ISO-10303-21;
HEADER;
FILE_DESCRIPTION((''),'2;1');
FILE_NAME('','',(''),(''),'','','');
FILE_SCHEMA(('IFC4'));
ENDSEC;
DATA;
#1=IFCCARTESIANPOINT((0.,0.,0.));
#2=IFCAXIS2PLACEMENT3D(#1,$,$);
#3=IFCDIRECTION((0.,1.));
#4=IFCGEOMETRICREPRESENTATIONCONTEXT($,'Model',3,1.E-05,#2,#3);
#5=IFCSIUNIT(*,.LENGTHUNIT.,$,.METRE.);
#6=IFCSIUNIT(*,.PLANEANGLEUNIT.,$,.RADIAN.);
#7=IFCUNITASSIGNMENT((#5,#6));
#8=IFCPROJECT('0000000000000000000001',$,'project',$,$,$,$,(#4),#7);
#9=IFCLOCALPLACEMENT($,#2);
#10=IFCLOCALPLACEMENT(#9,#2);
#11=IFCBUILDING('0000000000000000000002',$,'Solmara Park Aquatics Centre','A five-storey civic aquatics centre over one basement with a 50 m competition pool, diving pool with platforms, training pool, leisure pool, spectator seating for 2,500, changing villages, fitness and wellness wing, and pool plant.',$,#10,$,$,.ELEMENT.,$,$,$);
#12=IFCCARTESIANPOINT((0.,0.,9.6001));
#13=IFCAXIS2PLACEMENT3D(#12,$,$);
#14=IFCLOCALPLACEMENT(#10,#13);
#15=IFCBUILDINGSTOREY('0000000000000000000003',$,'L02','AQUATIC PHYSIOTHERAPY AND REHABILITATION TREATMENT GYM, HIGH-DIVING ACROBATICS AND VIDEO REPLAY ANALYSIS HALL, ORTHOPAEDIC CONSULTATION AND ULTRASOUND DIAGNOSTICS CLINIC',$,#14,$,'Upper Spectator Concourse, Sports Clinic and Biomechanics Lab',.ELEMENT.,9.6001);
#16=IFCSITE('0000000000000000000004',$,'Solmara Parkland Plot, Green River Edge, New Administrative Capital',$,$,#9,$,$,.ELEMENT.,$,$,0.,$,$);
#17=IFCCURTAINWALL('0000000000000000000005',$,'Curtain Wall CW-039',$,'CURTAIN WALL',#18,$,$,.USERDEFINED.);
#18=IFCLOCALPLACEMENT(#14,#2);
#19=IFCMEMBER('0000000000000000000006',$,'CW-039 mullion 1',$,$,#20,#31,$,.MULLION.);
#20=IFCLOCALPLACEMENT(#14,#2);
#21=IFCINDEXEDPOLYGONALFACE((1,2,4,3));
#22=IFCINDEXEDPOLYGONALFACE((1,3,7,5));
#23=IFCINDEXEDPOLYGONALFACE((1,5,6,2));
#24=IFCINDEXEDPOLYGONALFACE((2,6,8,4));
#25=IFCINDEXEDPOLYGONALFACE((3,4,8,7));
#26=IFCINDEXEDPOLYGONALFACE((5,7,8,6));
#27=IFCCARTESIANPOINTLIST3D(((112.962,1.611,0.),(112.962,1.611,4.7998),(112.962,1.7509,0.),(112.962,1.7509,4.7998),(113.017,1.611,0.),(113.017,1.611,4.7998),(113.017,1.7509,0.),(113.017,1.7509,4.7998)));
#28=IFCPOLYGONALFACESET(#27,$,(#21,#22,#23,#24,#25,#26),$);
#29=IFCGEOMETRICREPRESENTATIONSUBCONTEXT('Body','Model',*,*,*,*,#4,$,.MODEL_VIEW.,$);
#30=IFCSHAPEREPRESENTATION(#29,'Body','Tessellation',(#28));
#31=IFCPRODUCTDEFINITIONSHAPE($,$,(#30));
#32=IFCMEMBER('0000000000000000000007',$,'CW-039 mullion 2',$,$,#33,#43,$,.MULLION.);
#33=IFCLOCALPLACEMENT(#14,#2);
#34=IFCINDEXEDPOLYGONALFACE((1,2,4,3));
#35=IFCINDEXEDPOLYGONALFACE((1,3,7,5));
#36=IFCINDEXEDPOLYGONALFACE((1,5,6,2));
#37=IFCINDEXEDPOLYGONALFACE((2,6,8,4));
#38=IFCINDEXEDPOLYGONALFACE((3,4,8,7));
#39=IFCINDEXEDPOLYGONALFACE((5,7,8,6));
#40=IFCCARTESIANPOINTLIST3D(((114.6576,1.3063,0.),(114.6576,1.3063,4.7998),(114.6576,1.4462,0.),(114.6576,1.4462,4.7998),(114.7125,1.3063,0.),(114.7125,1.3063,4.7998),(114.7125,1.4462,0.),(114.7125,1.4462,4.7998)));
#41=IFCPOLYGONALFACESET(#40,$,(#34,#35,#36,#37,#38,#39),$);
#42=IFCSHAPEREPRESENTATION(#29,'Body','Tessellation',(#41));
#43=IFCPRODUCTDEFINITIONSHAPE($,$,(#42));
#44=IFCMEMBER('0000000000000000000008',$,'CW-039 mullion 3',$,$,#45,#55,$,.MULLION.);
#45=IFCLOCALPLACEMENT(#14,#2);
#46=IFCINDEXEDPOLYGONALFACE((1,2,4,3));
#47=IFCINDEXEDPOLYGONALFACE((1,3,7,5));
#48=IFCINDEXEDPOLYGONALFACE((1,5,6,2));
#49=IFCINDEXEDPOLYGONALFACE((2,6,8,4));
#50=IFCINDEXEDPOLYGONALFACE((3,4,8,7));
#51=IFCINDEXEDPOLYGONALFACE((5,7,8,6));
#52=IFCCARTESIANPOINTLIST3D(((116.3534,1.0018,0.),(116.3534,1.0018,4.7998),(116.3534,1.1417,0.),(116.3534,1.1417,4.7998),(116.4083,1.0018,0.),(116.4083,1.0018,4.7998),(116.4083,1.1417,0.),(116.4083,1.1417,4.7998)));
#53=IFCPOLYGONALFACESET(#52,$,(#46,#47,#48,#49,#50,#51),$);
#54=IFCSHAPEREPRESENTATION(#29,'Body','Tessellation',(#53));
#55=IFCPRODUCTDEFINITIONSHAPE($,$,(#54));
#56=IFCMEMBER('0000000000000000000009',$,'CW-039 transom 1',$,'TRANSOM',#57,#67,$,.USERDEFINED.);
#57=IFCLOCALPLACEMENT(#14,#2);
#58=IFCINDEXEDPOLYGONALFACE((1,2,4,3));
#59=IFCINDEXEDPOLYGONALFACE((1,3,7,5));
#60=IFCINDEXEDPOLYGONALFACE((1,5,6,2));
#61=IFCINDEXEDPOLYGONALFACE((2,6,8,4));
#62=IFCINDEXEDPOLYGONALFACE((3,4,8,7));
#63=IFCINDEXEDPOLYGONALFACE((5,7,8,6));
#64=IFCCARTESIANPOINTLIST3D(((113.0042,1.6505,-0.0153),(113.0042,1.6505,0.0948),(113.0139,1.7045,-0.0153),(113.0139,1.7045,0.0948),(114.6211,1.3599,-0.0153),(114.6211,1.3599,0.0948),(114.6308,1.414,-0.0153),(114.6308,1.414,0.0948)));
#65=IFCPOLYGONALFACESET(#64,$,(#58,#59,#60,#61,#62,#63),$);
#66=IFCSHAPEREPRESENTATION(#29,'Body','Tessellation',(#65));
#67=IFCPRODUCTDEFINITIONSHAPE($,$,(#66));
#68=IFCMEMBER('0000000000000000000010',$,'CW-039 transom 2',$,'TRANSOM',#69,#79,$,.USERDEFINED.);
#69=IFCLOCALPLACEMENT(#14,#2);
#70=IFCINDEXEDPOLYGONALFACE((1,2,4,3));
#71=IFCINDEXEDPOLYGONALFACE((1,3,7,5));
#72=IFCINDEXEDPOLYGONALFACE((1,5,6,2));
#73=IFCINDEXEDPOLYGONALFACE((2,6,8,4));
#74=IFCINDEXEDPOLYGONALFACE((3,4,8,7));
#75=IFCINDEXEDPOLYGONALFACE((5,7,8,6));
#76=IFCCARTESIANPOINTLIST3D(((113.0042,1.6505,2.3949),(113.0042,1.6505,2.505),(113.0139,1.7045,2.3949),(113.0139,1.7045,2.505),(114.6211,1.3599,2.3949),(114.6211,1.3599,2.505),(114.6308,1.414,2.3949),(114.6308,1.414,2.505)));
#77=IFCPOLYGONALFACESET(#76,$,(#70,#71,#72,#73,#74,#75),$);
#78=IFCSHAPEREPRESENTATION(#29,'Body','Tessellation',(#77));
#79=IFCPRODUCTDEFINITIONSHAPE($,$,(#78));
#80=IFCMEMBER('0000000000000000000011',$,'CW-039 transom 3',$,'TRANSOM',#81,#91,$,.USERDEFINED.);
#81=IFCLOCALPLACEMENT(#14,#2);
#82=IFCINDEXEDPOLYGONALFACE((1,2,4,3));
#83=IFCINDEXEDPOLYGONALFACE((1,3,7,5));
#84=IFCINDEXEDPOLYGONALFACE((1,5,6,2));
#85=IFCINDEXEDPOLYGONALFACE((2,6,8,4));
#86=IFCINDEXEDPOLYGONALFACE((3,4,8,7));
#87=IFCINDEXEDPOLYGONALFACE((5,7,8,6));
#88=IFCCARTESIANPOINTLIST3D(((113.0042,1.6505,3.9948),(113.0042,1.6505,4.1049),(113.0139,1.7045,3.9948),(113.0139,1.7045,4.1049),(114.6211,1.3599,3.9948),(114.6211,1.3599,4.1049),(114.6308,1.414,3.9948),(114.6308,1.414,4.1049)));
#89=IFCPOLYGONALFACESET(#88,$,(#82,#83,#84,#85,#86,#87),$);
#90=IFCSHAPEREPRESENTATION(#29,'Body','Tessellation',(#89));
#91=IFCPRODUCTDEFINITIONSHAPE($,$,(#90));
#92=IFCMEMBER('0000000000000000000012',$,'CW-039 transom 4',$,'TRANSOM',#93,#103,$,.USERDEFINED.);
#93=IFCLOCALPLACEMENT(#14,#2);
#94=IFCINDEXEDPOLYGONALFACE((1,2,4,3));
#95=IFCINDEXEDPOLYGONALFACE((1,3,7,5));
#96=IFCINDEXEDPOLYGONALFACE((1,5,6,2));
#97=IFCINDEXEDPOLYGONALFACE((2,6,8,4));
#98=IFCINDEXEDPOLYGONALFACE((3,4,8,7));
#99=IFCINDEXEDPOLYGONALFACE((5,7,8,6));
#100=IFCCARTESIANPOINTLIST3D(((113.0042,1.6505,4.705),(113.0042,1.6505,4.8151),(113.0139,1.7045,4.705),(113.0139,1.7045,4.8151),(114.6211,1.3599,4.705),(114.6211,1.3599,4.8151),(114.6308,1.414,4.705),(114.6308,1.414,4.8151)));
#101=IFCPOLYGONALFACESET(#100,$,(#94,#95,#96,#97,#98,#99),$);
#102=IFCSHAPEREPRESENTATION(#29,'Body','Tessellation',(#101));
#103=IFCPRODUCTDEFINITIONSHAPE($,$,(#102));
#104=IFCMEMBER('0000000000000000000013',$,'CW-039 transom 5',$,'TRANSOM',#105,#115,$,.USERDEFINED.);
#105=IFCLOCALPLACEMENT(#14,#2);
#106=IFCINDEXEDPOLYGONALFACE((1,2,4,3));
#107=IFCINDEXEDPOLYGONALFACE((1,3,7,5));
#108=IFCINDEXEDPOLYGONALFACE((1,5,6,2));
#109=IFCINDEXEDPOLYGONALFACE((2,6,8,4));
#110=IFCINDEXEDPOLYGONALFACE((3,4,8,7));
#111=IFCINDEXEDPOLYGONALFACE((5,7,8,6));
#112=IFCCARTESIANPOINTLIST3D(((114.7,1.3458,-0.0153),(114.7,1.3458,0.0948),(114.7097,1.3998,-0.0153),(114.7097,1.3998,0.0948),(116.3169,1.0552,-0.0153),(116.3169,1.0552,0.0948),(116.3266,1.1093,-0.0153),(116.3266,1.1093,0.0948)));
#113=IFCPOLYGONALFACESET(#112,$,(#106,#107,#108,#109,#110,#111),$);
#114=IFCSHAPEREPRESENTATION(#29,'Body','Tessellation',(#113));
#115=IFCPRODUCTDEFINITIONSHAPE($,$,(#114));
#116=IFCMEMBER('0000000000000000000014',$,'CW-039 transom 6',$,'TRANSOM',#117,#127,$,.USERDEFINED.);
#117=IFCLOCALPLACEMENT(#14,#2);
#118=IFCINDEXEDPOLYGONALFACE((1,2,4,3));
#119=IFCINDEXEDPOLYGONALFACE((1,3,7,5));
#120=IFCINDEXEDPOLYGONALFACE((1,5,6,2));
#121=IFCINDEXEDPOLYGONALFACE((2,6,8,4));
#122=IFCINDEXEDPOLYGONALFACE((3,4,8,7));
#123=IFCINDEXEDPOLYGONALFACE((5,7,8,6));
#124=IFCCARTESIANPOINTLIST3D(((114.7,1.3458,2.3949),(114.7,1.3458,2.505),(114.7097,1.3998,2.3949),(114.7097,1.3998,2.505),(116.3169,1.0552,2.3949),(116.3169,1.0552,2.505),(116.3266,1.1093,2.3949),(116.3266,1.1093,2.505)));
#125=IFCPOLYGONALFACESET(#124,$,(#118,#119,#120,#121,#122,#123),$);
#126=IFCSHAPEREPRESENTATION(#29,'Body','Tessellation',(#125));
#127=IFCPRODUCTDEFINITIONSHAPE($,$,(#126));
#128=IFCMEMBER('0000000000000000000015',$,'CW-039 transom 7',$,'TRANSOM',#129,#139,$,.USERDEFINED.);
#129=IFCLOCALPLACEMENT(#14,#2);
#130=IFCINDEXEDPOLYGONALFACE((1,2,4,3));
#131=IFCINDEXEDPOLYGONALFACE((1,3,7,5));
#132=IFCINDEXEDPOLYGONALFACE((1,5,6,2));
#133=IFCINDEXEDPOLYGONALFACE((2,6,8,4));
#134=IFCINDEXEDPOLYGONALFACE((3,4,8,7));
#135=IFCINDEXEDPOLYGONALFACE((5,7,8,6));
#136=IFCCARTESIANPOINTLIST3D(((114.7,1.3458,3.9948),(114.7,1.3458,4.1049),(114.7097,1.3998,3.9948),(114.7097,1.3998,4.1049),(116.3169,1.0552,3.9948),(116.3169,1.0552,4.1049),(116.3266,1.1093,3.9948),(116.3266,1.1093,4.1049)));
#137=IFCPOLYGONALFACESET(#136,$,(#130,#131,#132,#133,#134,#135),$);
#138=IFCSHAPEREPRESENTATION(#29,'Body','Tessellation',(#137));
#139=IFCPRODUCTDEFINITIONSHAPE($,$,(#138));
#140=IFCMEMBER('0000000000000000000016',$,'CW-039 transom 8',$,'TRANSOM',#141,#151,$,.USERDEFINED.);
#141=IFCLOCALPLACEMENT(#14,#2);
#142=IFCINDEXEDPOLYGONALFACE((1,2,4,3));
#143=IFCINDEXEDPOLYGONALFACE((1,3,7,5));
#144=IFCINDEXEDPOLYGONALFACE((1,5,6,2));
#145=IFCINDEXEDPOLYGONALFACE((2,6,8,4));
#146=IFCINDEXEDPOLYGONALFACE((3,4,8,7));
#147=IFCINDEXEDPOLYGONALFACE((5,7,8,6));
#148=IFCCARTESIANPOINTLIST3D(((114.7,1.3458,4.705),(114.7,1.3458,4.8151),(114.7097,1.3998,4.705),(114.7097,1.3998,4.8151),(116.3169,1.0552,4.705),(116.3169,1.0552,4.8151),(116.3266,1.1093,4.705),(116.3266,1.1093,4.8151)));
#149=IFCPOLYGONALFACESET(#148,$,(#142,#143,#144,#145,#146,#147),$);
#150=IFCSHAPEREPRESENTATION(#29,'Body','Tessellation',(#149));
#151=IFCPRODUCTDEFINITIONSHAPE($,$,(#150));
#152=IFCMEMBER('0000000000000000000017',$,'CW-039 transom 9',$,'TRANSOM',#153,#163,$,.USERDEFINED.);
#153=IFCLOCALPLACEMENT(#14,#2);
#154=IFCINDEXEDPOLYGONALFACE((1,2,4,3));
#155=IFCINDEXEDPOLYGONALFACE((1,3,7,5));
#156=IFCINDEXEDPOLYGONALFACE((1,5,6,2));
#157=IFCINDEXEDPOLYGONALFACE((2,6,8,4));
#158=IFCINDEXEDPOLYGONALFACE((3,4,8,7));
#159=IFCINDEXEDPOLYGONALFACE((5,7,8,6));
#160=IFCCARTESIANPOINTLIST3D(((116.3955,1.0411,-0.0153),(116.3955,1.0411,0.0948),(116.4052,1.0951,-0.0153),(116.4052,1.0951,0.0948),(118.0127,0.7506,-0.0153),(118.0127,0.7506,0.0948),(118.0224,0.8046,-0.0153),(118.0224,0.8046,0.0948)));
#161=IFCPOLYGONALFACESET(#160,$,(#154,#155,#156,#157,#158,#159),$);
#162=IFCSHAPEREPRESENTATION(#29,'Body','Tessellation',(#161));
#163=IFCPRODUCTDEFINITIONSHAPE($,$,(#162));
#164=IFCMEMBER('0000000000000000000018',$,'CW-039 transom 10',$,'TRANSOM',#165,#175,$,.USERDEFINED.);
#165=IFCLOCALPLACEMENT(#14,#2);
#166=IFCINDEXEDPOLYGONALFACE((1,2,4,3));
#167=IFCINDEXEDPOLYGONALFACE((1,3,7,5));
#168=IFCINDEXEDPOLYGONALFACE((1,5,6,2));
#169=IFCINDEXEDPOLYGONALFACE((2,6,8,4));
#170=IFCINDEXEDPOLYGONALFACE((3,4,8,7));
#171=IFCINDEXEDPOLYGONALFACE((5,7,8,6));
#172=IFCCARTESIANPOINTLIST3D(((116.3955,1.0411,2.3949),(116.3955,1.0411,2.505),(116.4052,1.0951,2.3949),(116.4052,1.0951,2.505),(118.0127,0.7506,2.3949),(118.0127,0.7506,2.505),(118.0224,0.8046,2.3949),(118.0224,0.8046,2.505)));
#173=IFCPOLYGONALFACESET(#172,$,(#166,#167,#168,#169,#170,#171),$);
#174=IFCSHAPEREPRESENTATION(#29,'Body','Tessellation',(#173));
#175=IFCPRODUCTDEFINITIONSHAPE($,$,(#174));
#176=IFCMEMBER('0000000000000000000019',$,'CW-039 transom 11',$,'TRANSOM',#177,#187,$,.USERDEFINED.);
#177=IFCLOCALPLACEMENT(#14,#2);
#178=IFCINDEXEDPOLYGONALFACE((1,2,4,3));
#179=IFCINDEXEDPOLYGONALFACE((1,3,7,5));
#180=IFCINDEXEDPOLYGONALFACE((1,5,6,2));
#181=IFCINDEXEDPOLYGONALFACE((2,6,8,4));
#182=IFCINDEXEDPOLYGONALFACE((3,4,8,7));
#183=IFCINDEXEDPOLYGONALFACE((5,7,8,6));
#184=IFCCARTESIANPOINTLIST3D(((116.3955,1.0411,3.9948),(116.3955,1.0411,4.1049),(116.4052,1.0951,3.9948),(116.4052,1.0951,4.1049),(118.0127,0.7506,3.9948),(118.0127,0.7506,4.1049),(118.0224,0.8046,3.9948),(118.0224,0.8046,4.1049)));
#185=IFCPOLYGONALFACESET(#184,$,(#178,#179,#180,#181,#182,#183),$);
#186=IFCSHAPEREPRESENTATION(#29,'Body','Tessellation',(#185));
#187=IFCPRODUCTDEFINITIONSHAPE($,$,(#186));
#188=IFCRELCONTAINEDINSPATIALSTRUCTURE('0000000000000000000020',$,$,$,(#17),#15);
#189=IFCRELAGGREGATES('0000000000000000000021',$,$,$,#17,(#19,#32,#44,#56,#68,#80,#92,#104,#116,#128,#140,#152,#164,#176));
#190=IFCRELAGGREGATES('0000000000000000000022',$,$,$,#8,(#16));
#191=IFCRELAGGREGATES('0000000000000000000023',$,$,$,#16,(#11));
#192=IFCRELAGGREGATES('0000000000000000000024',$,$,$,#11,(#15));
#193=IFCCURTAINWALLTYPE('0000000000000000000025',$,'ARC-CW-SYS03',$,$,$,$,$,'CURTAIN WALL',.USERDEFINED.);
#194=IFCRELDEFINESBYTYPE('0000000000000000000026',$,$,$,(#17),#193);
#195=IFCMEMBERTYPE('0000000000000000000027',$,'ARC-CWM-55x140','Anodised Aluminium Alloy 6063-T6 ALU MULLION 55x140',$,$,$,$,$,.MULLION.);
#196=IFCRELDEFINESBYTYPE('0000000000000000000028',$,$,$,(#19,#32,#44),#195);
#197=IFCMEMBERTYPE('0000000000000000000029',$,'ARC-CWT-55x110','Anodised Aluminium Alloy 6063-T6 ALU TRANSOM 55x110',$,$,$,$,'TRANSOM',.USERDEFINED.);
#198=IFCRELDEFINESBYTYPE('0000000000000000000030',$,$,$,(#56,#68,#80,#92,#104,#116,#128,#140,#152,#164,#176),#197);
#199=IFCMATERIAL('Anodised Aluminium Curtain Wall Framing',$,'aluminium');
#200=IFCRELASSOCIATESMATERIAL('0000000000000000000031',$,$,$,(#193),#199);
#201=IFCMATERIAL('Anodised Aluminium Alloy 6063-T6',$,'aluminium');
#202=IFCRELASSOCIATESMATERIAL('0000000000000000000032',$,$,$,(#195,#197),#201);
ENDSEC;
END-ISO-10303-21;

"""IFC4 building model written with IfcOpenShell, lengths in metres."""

from ifc_helpers import new_model, si_unit, direction, frame, origin, origin_2d, place, context, subcontext, project, spatial, rectangle, extrude, material, material_profile, profile_set, type_object, element, aggregate, save


model = new_model("IFC4")

# Units and contexts
model_context = context("Model", 3, precision=1e-05, world=origin(), true_north=direction((0.0, 1.0)))
body_context = subcontext(model_context, "Body", "Model", "MODEL_VIEW")
ifc_project = project(units=[si_unit("LENGTHUNIT", "METRE"), si_unit("PLANEANGLEUNIT", "RADIAN")], contexts=[model_context])

# Site, building, storey
site_placement = place(None, origin())
site = spatial("IfcSite", under=ifc_project, at=site_placement, Name="Solmara Parkland Plot, Green River Edge, New Administrative Capital", CompositionType="ELEMENT", RefElevation=0.0)
building_placement = place(site_placement, origin())
building = spatial("IfcBuilding", under=site, at=building_placement, Name="Solmara Park Aquatics Centre", Description="A five-storey civic aquatics centre over one basement with a 50 m competition pool, diving pool with platforms, training pool, leisure pool, spectator seating for 2,500, changing villages, fitness and wellness wing, and pool plant.", CompositionType="ELEMENT")
storey_placement = place(building_placement, frame((0.0, 0.0, 9.6001)))
storey = spatial("IfcBuildingStorey", under=building, at=storey_placement, Name="L02", Description="AQUATIC PHYSIOTHERAPY AND REHABILITATION TREATMENT GYM, HIGH-DIVING ACROBATICS AND VIDEO REPLAY ANALYSIS HALL, ORTHOPAEDIC CONSULTATION AND ULTRASOUND DIAGNOSTICS CLINIC", LongName="Upper Spectator Concourse, Sports Clinic and Biomechanics Lab", CompositionType="ELEMENT", Elevation=9.6001)

# Curtain wall, members
ifc_material_1 = material(Name="Anodised Aluminium Curtain Wall Framing", Category="aluminium")
curtain_wall_type = type_object("IfcCurtainWallType", Name="ARC-CW-SYS03", ElementType="CURTAIN WALL", PredefinedType="USERDEFINED", material=ifc_material_1)
curtain_wall_placement = place(storey_placement, origin())
curtain_wall = element("IfcCurtainWall", 1, at=curtain_wall_placement, inside=storey, type_object=curtain_wall_type, Name="Curtain Wall CW-039", ObjectType="CURTAIN WALL", PredefinedType="USERDEFINED")
ifc_material_2 = material(Name="Anodised Aluminium Alloy 6063-T6", Category="aluminium")
ifc_material_profile_1 = material_profile(ifc_material_2, rectangle(XDim=0.0549, YDim=0.1399, at=origin_2d()), Name="ALU MULLION 55x140")
ifc_profile_set_1 = profile_set([ifc_material_profile_1], Name="Anodised Aluminium Alloy 6063-T6")
member_type_1 = type_object("IfcMemberType", Name="ARC-CWM-55x140", Description="Anodised Aluminium Alloy 6063-T6 ALU MULLION 55x140", PredefinedType="MULLION", material=ifc_profile_set_1)
member_1_placement = place(storey_placement, frame((112.9895, 1.6809, 0.0), z_axis=(0.0, 0.0, 1.0), x_axis=(1.0, 0.0, 0.0)))
member_1 = element("IfcMember", 2, at=member_1_placement, type_object=member_type_1, Name="CW-039 mullion 1", PredefinedType="MULLION", context=body_context, shape_type="SweptSolid", body=[
    extrude(rectangle(XDim=0.0549, YDim=0.1399, at=origin_2d()), origin(), (0.0, 0.0, 1.0), 4.7998),
])
member_2_placement = place(storey_placement, frame((114.6851, 1.3762, 0.0), z_axis=(0.0, 0.0, 1.0), x_axis=(1.0, 0.0, 0.0)))
member_2 = element("IfcMember", 3, at=member_2_placement, type_object=member_type_1, Name="CW-039 mullion 2", PredefinedType="MULLION", context=body_context, shape_type="SweptSolid", body=[
    extrude(rectangle(XDim=0.0549, YDim=0.1399, at=origin_2d()), origin(), (0.0, 0.0, 1.0), 4.7998),
])
member_3_placement = place(storey_placement, frame((116.3809, 1.0718, 0.0), z_axis=(0.0, 0.0, 1.0), x_axis=(1.0, 0.0, 0.0)))
member_3 = element("IfcMember", 4, at=member_3_placement, type_object=member_type_1, Name="CW-039 mullion 3", PredefinedType="MULLION", context=body_context, shape_type="SweptSolid", body=[
    extrude(rectangle(XDim=0.0549, YDim=0.1399, at=origin_2d()), origin(), (0.0, 0.0, 1.0), 4.7998),
])
ifc_material_profile_2 = material_profile(ifc_material_2, rectangle(XDim=0.0549, YDim=0.1101, at=origin_2d()), Name="ALU TRANSOM 55x110")
ifc_profile_set_2 = profile_set([ifc_material_profile_2], Name="Anodised Aluminium Alloy 6063-T6")
member_type_2 = type_object("IfcMemberType", Name="ARC-CWT-55x110", Description="Anodised Aluminium Alloy 6063-T6 ALU TRANSOM 55x110", ElementType="TRANSOM", PredefinedType="USERDEFINED", material=ifc_profile_set_2)
member_4_placement = place(storey_placement, frame((113.009, 1.6775, 0.0398), z_axis=(0.984239, -0.176845, 0.0), x_axis=(0.176845, 0.984239, 0.0)))
member_4 = element("IfcMember", 5, at=member_4_placement, type_object=member_type_2, Name="CW-039 transom 1", ObjectType="TRANSOM", PredefinedType="USERDEFINED", context=body_context, shape_type="SweptSolid", body=[
    extrude(rectangle(XDim=0.0549, YDim=0.1101, at=origin_2d()), origin(), (0.0, 0.0, 1.0), 1.6428),
])
member_5_placement = place(storey_placement, frame((113.009, 1.6775, 2.45), z_axis=(0.984239, -0.176845, 0.0), x_axis=(0.176845, 0.984239, 0.0)))
member_5 = element("IfcMember", 6, at=member_5_placement, type_object=member_type_2, Name="CW-039 transom 2", ObjectType="TRANSOM", PredefinedType="USERDEFINED", context=body_context, shape_type="SweptSolid", body=[
    extrude(rectangle(XDim=0.0549, YDim=0.1101, at=origin_2d()), origin(), (0.0, 0.0, 1.0), 1.6428),
])
member_6_placement = place(storey_placement, frame((113.009, 1.6775, 4.0498), z_axis=(0.984239, -0.176845, 0.0), x_axis=(0.176845, 0.984239, 0.0)))
member_6 = element("IfcMember", 7, at=member_6_placement, type_object=member_type_2, Name="CW-039 transom 3", ObjectType="TRANSOM", PredefinedType="USERDEFINED", context=body_context, shape_type="SweptSolid", body=[
    extrude(rectangle(XDim=0.0549, YDim=0.1101, at=origin_2d()), origin(), (0.0, 0.0, 1.0), 1.6428),
])
member_7_placement = place(storey_placement, frame((113.009, 1.6775, 4.76), z_axis=(0.984239, -0.176845, 0.0), x_axis=(0.176845, 0.984239, 0.0)))
member_7 = element("IfcMember", 8, at=member_7_placement, type_object=member_type_2, Name="CW-039 transom 4", ObjectType="TRANSOM", PredefinedType="USERDEFINED", context=body_context, shape_type="SweptSolid", body=[
    extrude(rectangle(XDim=0.0549, YDim=0.1101, at=origin_2d()), origin(), (0.0, 0.0, 1.0), 1.6428),
])
member_8_placement = place(storey_placement, frame((114.7048, 1.3728, 0.0398), z_axis=(0.984239, -0.176845, 0.0), x_axis=(0.176845, 0.984239, 0.0)))
member_8 = element("IfcMember", 9, at=member_8_placement, type_object=member_type_2, Name="CW-039 transom 5", ObjectType="TRANSOM", PredefinedType="USERDEFINED", context=body_context, shape_type="SweptSolid", body=[
    extrude(rectangle(XDim=0.0549, YDim=0.1101, at=origin_2d()), origin(), (0.0, 0.0, 1.0), 1.6428),
])
member_9_placement = place(storey_placement, frame((114.7048, 1.3728, 2.45), z_axis=(0.984239, -0.176845, 0.0), x_axis=(0.176845, 0.984239, 0.0)))
member_9 = element("IfcMember", 10, at=member_9_placement, type_object=member_type_2, Name="CW-039 transom 6", ObjectType="TRANSOM", PredefinedType="USERDEFINED", context=body_context, shape_type="SweptSolid", body=[
    extrude(rectangle(XDim=0.0549, YDim=0.1101, at=origin_2d()), origin(), (0.0, 0.0, 1.0), 1.6428),
])
member_10_placement = place(storey_placement, frame((114.7048, 1.3728, 4.0498), z_axis=(0.984239, -0.176845, 0.0), x_axis=(0.176845, 0.984239, 0.0)))
member_10 = element("IfcMember", 11, at=member_10_placement, type_object=member_type_2, Name="CW-039 transom 7", ObjectType="TRANSOM", PredefinedType="USERDEFINED", context=body_context, shape_type="SweptSolid", body=[
    extrude(rectangle(XDim=0.0549, YDim=0.1101, at=origin_2d()), origin(), (0.0, 0.0, 1.0), 1.6428),
])
member_11_placement = place(storey_placement, frame((114.7048, 1.3728, 4.76), z_axis=(0.984239, -0.176845, 0.0), x_axis=(0.176845, 0.984239, 0.0)))
member_11 = element("IfcMember", 12, at=member_11_placement, type_object=member_type_2, Name="CW-039 transom 8", ObjectType="TRANSOM", PredefinedType="USERDEFINED", context=body_context, shape_type="SweptSolid", body=[
    extrude(rectangle(XDim=0.0549, YDim=0.1101, at=origin_2d()), origin(), (0.0, 0.0, 1.0), 1.6428),
])
member_12_placement = place(storey_placement, frame((116.4004, 1.0681, 0.0398), z_axis=(0.984243, -0.176819, 0.0), x_axis=(0.176819, 0.984243, 0.0)))
member_12 = element("IfcMember", 13, at=member_12_placement, type_object=member_type_2, Name="CW-039 transom 9", ObjectType="TRANSOM", PredefinedType="USERDEFINED", context=body_context, shape_type="SweptSolid", body=[
    extrude(rectangle(XDim=0.0549, YDim=0.1101, at=origin_2d()), origin(), (0.0, 0.0, 1.0), 1.6431),
])
member_13_placement = place(storey_placement, frame((116.4004, 1.0681, 2.45), z_axis=(0.984243, -0.176819, 0.0), x_axis=(0.176819, 0.984243, 0.0)))
member_13 = element("IfcMember", 14, at=member_13_placement, type_object=member_type_2, Name="CW-039 transom 10", ObjectType="TRANSOM", PredefinedType="USERDEFINED", context=body_context, shape_type="SweptSolid", body=[
    extrude(rectangle(XDim=0.0549, YDim=0.1101, at=origin_2d()), origin(), (0.0, 0.0, 1.0), 1.6431),
])
member_14_placement = place(storey_placement, frame((116.4004, 1.0681, 4.0498), z_axis=(0.984243, -0.176819, 0.0), x_axis=(0.176819, 0.984243, 0.0)))
member_14 = element("IfcMember", 15, at=member_14_placement, type_object=member_type_2, Name="CW-039 transom 11", ObjectType="TRANSOM", PredefinedType="USERDEFINED", context=body_context, shape_type="SweptSolid", body=[
    extrude(rectangle(XDim=0.0549, YDim=0.1101, at=origin_2d()), origin(), (0.0, 0.0, 1.0), 1.6431),
])
aggregate(curtain_wall, [member_1, member_2, member_3, member_4, member_5, member_6, member_7, member_8, member_9, member_10, member_11, member_12, member_13, member_14])

save(model, "model.ifc")
